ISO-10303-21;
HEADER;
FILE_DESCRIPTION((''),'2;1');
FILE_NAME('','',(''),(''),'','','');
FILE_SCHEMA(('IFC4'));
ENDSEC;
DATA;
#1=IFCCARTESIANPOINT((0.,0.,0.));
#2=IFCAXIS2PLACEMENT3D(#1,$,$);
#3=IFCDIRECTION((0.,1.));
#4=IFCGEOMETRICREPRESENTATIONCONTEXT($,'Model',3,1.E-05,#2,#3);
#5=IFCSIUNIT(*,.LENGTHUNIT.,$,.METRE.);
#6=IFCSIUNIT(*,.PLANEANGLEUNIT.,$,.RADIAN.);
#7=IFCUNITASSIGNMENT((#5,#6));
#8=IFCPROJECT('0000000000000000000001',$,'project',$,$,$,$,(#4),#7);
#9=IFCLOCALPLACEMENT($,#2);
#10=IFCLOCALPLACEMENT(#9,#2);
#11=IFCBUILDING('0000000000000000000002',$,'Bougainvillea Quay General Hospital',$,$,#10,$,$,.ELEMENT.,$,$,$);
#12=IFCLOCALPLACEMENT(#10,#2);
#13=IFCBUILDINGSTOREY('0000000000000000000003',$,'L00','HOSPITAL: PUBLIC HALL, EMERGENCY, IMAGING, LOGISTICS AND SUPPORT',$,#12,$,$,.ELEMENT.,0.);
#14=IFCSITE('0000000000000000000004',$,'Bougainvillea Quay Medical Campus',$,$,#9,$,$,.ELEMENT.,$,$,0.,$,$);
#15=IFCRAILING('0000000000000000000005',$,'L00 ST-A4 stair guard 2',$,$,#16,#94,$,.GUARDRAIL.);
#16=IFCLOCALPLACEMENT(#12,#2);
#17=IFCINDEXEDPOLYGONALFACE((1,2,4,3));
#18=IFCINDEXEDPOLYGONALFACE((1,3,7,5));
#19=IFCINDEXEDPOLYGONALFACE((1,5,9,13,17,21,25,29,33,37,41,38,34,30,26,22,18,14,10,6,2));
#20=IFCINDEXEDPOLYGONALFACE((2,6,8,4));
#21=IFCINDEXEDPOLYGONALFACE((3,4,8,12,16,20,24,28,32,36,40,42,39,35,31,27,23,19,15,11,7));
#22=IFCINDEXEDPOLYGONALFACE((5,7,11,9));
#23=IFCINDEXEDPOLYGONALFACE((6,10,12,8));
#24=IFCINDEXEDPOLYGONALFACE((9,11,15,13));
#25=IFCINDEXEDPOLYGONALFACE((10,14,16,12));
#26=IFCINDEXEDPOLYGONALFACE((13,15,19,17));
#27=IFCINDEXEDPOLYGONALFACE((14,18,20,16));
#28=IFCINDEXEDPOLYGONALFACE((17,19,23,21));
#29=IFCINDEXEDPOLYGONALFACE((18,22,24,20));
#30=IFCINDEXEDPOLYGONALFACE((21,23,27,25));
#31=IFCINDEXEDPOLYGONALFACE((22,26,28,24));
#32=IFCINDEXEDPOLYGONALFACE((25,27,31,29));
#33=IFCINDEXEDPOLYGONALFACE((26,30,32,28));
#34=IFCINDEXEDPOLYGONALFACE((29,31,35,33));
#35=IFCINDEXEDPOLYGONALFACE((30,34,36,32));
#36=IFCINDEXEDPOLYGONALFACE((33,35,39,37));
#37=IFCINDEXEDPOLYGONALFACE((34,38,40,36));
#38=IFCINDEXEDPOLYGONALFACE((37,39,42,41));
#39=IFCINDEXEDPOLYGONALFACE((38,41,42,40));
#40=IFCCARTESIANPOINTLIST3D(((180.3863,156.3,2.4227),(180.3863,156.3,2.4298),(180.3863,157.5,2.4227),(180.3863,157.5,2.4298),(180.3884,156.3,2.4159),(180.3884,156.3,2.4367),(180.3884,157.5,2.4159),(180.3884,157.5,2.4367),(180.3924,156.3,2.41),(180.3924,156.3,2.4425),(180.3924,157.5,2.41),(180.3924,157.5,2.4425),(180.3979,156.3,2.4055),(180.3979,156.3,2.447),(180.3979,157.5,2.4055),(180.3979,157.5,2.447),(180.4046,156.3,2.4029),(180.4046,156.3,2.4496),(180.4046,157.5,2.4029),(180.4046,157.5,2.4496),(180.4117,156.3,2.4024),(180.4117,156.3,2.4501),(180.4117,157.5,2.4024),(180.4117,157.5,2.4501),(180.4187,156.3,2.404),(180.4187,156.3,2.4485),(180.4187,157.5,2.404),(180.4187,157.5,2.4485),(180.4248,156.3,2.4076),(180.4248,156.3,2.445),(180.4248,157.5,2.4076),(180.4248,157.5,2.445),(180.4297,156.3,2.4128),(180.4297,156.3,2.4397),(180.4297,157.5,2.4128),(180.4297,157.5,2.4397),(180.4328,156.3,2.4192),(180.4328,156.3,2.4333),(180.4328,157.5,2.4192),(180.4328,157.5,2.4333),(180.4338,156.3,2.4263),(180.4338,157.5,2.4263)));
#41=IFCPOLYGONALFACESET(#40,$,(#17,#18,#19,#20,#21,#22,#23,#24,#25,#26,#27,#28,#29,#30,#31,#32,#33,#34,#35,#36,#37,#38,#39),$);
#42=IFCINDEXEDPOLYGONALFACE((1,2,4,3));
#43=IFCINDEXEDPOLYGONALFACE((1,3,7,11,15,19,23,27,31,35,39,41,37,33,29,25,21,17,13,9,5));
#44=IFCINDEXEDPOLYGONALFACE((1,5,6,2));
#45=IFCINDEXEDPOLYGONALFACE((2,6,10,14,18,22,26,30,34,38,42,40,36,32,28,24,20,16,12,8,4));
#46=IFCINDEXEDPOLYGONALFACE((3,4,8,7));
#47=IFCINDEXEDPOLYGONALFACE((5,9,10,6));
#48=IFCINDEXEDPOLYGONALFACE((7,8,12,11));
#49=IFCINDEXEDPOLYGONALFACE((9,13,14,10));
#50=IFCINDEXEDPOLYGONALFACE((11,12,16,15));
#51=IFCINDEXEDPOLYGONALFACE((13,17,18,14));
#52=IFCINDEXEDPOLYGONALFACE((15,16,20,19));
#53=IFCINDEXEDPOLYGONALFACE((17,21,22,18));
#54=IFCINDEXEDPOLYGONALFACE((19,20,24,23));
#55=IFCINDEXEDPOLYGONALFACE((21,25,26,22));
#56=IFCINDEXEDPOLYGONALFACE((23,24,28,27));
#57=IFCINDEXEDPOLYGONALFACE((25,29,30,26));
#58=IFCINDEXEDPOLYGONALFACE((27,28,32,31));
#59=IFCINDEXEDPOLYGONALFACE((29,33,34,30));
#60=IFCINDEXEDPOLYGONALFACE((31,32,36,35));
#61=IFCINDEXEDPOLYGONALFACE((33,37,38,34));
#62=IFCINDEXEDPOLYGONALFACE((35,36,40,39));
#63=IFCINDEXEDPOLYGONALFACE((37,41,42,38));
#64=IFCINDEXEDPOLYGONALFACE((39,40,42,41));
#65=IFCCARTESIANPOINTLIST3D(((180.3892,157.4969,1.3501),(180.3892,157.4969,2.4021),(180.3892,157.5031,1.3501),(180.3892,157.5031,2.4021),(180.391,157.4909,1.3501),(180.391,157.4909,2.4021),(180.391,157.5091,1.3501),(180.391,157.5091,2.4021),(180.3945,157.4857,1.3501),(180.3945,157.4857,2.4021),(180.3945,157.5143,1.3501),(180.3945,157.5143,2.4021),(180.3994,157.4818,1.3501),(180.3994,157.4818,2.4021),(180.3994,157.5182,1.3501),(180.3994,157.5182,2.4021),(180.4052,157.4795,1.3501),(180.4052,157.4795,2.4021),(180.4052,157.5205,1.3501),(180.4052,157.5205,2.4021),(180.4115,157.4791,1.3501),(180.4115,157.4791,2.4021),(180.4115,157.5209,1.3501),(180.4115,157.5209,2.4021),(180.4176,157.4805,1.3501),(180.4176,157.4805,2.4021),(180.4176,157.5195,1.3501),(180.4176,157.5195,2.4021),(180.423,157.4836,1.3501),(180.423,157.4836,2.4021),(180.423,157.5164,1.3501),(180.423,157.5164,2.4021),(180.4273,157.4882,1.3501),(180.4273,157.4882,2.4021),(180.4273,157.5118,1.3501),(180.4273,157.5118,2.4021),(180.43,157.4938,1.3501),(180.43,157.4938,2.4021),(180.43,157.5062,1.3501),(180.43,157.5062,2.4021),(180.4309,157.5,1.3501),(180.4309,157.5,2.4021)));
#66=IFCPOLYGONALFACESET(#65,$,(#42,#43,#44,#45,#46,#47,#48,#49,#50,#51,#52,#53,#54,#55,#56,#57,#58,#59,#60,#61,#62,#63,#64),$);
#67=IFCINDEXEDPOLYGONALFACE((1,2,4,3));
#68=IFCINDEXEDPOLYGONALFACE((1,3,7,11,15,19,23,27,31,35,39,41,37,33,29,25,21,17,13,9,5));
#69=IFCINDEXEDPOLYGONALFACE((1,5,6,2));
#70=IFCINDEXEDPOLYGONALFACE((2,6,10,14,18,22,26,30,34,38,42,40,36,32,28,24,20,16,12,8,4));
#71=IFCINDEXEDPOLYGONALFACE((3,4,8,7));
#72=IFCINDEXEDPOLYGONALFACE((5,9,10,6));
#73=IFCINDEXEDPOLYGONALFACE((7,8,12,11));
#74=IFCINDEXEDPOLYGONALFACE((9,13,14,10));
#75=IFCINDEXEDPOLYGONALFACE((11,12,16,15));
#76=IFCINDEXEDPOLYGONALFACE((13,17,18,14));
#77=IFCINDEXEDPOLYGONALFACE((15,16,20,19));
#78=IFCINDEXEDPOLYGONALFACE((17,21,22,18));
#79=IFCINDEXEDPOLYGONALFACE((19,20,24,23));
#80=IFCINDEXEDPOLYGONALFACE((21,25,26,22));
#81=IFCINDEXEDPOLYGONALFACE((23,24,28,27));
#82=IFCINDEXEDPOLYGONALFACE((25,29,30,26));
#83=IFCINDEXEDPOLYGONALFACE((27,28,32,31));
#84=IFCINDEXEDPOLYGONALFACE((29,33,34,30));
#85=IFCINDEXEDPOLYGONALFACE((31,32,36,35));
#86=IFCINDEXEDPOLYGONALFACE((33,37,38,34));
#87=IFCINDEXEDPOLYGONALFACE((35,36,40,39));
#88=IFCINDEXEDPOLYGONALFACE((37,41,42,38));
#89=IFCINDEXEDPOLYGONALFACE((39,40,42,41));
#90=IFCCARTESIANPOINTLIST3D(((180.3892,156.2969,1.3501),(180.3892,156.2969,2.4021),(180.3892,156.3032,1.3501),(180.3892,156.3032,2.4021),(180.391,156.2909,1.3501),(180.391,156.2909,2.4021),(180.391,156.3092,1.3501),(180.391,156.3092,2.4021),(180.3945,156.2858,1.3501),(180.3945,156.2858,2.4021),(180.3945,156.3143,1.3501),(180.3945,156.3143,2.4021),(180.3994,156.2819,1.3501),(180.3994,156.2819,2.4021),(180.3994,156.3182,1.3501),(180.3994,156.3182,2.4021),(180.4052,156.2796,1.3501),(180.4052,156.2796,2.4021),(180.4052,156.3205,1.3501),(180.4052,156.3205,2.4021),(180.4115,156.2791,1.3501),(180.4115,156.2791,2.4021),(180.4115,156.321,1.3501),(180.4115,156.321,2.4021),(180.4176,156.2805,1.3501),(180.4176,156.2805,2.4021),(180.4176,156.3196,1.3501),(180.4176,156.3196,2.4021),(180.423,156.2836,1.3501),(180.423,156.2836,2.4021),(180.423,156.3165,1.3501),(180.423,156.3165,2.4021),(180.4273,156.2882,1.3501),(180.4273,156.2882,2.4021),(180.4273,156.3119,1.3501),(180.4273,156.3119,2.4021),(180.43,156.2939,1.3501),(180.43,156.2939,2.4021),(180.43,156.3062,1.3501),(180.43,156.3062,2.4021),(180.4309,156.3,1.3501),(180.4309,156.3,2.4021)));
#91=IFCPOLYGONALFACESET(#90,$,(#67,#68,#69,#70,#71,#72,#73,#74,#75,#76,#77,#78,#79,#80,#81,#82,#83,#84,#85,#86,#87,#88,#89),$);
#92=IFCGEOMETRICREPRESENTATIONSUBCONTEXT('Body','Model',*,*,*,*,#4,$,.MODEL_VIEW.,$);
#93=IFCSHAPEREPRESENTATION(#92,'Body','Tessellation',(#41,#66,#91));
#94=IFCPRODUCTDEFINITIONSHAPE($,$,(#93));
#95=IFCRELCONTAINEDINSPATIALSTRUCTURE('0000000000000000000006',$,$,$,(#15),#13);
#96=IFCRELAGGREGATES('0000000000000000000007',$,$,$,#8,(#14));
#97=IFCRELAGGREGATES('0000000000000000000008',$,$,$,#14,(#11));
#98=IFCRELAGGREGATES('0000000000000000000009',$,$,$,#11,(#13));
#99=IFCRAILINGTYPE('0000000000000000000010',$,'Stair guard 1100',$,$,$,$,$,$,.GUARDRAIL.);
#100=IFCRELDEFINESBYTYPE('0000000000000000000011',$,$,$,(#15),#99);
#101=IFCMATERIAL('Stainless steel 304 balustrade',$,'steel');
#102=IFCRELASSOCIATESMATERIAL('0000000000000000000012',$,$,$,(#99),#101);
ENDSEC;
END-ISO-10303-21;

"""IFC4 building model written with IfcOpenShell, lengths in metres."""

from ifc_helpers import new_model, si_unit, direction, frame, origin, origin_2d, place, context, subcontext, project, spatial, circle, extrude, material, type_object, element, save


model = new_model("IFC4")

# Units and contexts
model_context = context("Model", 3, precision=1e-05, world=origin(), true_north=direction((0.0, 1.0)))
body_context = subcontext(model_context, "Body", "Model", "MODEL_VIEW")
ifc_project = project(units=[si_unit("LENGTHUNIT", "METRE"), si_unit("PLANEANGLEUNIT", "RADIAN")], contexts=[model_context])

# Site, building, storey
site_placement = place(None, origin())
site = spatial("IfcSite", under=ifc_project, at=site_placement, Name="Bougainvillea Quay Medical Campus", CompositionType="ELEMENT", RefElevation=0.0)
building_placement = place(site_placement, origin())
building = spatial("IfcBuilding", under=site, at=building_placement, Name="Bougainvillea Quay General Hospital", CompositionType="ELEMENT")
storey_placement = place(building_placement, origin())
storey = spatial("IfcBuildingStorey", under=building, at=storey_placement, Name="L00", Description="HOSPITAL: PUBLIC HALL, EMERGENCY, IMAGING, LOGISTICS AND SUPPORT", CompositionType="ELEMENT", Elevation=0.0)

# Railing
ifc_material_1 = material(Name="Stainless steel 304 balustrade", Category="steel")
railing_type_1 = type_object("IfcRailingType", Name="Stair guard 1100", PredefinedType="GUARDRAIL", material=ifc_material_1)
railing_1_placement = place(storey_placement, frame((180.4099, 157.5, 1.3501)))
element("IfcRailing", 1, at=railing_1_placement, inside=storey, type_object=railing_type_1, Name="L00 ST-A4 stair guard 2", PredefinedType="GUARDRAIL", context=body_context, shape_type="SweptSolid", body=[
    extrude(circle(Radius=0.0239, at=origin_2d()), frame((0.0, 0.0, 1.0762), z_axis=(0.0, -1.0, 0.0), x_axis=(1.0, 0.0, 0.0)), (0.0, 0.0, 1.0), 1.2),
    extrude(circle(Radius=0.021, at=origin_2d()), origin(), (0.0, 0.0, 1.0), 1.052),
    extrude(circle(Radius=0.021, at=origin_2d()), frame((0.0, -1.2, 0.0)), (0.0, 0.0, 1.0), 1.052),
])

save(model, "model.ifc")
